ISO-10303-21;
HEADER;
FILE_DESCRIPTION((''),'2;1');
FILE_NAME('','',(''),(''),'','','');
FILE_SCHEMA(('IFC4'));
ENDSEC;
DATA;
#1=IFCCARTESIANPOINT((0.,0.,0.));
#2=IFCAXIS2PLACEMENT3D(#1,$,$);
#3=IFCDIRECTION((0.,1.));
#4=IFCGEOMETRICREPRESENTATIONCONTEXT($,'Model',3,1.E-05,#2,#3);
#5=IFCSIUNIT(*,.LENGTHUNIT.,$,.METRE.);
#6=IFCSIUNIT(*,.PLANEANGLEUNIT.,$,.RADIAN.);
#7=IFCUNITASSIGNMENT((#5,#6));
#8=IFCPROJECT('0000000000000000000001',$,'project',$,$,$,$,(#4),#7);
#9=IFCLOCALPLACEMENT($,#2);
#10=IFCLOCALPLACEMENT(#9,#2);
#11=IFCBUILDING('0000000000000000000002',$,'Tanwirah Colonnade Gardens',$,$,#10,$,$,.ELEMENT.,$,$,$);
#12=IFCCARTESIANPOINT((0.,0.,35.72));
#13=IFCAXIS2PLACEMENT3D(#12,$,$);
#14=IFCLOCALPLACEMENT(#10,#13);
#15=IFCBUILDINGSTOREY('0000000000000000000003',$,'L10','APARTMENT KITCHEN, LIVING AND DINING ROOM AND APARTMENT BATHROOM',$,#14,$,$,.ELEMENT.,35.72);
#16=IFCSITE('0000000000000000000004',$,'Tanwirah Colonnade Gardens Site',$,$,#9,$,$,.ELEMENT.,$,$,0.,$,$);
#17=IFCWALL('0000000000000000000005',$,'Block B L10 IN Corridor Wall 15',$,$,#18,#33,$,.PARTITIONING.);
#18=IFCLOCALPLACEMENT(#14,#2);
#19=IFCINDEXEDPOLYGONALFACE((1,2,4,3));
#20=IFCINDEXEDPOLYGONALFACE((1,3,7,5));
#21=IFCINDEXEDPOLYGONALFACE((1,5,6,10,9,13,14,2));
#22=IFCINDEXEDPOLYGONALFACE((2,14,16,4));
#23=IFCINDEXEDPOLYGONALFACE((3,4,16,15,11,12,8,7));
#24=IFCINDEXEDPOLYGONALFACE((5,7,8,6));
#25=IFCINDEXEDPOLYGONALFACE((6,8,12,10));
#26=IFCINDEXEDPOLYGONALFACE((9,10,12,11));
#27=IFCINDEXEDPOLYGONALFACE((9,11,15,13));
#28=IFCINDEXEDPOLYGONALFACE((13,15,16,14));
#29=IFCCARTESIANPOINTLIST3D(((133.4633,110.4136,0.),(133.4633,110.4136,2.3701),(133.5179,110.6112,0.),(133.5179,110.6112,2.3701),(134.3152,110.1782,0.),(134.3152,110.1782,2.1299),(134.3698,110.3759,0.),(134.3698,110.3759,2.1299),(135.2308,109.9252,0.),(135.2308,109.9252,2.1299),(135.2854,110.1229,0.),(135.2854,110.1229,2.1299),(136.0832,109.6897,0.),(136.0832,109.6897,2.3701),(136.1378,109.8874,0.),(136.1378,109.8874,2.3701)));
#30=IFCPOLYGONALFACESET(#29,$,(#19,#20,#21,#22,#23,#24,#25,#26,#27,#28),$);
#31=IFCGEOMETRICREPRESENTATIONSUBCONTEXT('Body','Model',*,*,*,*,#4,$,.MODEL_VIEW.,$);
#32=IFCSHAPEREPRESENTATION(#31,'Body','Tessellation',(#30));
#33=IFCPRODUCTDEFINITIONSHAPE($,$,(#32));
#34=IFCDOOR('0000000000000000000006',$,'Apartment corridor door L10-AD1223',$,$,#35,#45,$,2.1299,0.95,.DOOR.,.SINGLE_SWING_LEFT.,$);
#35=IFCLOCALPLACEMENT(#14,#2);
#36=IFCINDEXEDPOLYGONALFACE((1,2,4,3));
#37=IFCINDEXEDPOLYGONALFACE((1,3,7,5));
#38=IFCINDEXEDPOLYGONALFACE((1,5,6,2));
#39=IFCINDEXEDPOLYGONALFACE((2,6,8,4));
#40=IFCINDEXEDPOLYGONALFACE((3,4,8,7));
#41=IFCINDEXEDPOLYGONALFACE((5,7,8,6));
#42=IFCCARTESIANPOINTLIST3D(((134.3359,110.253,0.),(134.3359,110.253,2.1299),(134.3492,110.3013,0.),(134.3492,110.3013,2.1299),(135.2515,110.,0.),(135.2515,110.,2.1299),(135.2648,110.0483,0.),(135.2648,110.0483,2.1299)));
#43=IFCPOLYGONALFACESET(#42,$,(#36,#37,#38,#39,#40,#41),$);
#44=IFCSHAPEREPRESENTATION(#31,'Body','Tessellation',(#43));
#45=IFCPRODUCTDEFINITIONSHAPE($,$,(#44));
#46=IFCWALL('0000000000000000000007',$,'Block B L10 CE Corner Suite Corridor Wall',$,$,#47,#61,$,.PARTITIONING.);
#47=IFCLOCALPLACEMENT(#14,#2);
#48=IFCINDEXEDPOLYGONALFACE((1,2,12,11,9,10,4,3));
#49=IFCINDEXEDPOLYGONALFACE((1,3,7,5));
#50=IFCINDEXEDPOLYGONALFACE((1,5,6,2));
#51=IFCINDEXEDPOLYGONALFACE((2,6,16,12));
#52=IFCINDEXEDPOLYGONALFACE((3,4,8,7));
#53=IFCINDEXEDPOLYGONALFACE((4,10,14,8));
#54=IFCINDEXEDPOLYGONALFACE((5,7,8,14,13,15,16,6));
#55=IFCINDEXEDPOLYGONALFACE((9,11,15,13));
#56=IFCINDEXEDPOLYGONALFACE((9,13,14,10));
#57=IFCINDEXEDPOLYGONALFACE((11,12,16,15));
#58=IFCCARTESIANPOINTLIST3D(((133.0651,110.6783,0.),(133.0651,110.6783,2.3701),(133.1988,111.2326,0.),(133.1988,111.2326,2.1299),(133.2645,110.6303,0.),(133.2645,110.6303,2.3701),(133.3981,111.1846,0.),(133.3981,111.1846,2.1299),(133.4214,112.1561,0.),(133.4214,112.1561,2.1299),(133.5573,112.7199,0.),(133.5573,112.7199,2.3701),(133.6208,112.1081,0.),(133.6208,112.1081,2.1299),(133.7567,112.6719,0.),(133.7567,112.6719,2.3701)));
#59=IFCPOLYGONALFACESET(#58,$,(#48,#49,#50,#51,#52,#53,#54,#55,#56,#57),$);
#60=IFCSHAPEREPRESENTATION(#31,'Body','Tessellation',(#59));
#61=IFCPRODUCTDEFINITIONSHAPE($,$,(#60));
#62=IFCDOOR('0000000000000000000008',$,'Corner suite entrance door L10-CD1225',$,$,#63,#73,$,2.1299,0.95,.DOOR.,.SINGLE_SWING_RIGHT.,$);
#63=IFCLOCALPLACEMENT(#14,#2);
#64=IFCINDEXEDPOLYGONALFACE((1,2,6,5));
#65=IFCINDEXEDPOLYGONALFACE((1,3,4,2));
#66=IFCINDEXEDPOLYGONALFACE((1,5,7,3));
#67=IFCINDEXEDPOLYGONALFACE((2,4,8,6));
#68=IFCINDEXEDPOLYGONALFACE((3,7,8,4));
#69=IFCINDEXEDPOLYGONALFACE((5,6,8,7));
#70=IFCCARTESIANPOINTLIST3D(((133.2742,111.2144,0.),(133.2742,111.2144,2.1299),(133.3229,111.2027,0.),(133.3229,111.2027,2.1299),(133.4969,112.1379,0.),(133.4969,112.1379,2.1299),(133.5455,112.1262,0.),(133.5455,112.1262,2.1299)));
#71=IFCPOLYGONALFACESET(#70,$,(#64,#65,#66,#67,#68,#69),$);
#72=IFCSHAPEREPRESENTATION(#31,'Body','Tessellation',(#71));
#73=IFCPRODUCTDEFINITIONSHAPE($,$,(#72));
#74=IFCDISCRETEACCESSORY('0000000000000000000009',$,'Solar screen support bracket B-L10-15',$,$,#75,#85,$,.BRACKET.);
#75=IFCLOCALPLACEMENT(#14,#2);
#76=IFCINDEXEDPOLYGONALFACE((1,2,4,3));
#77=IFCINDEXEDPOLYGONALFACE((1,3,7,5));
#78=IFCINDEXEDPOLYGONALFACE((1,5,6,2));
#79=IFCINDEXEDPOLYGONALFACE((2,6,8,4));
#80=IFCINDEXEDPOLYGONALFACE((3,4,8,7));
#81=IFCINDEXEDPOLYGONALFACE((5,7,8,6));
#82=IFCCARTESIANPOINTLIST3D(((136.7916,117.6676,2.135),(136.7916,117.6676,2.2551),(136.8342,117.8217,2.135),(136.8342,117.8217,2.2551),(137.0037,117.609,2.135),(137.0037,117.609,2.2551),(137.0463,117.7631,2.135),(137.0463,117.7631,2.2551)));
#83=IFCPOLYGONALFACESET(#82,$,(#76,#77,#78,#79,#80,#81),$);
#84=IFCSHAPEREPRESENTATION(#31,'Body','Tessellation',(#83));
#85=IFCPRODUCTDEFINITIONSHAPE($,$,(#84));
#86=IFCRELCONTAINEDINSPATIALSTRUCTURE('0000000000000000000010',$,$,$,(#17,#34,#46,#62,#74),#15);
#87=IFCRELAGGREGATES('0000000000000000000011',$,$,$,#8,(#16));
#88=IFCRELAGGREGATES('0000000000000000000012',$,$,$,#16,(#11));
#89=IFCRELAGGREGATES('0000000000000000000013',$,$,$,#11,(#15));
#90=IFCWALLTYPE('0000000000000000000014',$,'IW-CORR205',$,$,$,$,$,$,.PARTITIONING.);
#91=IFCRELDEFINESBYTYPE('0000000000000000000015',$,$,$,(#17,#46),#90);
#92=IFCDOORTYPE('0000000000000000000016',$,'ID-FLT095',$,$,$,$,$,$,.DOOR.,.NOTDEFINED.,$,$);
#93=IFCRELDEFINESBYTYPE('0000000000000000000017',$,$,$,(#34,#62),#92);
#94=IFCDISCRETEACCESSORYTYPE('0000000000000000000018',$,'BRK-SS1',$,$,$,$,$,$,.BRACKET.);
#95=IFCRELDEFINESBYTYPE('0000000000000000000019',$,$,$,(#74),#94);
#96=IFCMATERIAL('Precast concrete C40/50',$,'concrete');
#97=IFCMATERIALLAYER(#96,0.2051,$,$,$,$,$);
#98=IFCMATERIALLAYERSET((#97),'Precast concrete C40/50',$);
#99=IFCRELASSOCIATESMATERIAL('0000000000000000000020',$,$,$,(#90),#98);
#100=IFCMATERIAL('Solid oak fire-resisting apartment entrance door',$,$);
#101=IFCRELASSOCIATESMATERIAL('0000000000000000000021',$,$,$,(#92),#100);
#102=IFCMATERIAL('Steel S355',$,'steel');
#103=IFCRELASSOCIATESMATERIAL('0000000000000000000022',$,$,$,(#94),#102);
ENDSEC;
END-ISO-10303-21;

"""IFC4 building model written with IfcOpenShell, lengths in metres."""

from ifc_helpers import new_model, si_unit, direction, frame, frame_2d, origin, origin_2d, place, context, subcontext, project, spatial, rectangle, extrude, material, layer, layer_set, type_object, element, fill, save


model = new_model("IFC4")

# Units and contexts
model_context = context("Model", 3, precision=1e-05, world=origin(), true_north=direction((0.0, 1.0)))
body_context = subcontext(model_context, "Body", "Model", "MODEL_VIEW")
ifc_project = project(units=[si_unit("LENGTHUNIT", "METRE"), si_unit("PLANEANGLEUNIT", "RADIAN")], contexts=[model_context])

# Site, building, storey
site_placement = place(None, origin())
site = spatial("IfcSite", under=ifc_project, at=site_placement, Name="Tanwirah Colonnade Gardens Site", CompositionType="ELEMENT", RefElevation=0.0)
building_placement = place(site_placement, origin())
building = spatial("IfcBuilding", under=site, at=building_placement, Name="Tanwirah Colonnade Gardens", CompositionType="ELEMENT")
storey_placement = place(building_placement, frame((0.0, 0.0, 35.72)))
storey = spatial("IfcBuildingStorey", under=building, at=storey_placement, Name="L10", Description="APARTMENT KITCHEN, LIVING AND DINING ROOM AND APARTMENT BATHROOM", CompositionType="ELEMENT", Elevation=35.72)

# Shared definitions
ifc_material_1 = material(Name="Precast concrete C40/50", Category="concrete")

# Walls, openings, doors
ifc_layer = layer(ifc_material_1, 0.2051)
ifc_layer_set = layer_set([ifc_layer], Name="Precast concrete C40/50")
wall_type = type_object("IfcWallType", Name="IW-CORR205", PredefinedType="PARTITIONING", material=ifc_layer_set)
ifc_material_2 = material(Name="Solid oak fire-resisting apartment entrance door")
door_type = type_object("IfcDoorType", Name="ID-FLT095", OperationType="NOTDEFINED", PredefinedType="DOOR", material=ifc_material_2)
wall_1_placement = place(storey_placement, frame((136.1104, 109.7886, 0.0), z_axis=(0.0, 0.0, 1.0), x_axis=(-0.963884, 0.266323, 0.0)))
wall_1 = element("IfcWall", 1, at=wall_1_placement, inside=storey, type_object=wall_type, Name="Block B L10 IN Corridor Wall 15", PredefinedType="PARTITIONING", context=body_context, shape_type="SweptSolid", body=[
    extrude(rectangle(XDim=2.718, YDim=0.2051, at=frame_2d((1.3589, 0.0))), origin(), (0.0, 0.0, 1.0), 2.3701),
])
opening_1_placement = place(wall_1_placement, frame((0.884, 0.0, 0.0)))
opening_1 = element("IfcOpeningElement", 2, at=opening_1_placement, cuts=wall_1, PredefinedType="OPENING", context=body_context, shape_type="SweptSolid", body=[
    extrude(rectangle(XDim=0.95, YDim=2.1299, at=frame_2d((0.4751, 1.0649))), frame((0.0, 0.1125, 0.0), z_axis=(0.0, -1.0, 0.0), x_axis=(1.0, 0.0, 0.0)), (0.0, 0.0, 1.0), 0.2251),
])
door_1_placement = place(opening_1_placement, origin())
door_1 = element("IfcDoor", 3, at=door_1_placement, inside=storey, type_object=door_type, Name="Apartment corridor door L10-AD1223", OperationType="SINGLE_SWING_LEFT", OverallHeight=2.1299, OverallWidth=0.95, PredefinedType="DOOR", context=body_context, shape_type="SweptSolid", body=[
    extrude(rectangle(XDim=0.95, YDim=2.1299, at=frame_2d((0.4751, 1.0649))), frame((0.0, 0.0249, 0.0), z_axis=(0.0, -1.0, 0.0), x_axis=(1.0, 0.0, 0.0)), (0.0, 0.0, 1.0), 0.05),
])
fill(opening_1, door_1)
wall_2_placement = place(storey_placement, frame((133.1648, 110.6543, 0.0), z_axis=(0.0, 0.0, 1.0), x_axis=(0.234375, 0.972146, 0.0)))
wall_2 = element("IfcWall", 4, at=wall_2_placement, inside=storey, type_object=wall_type, Name="Block B L10 CE Corner Suite Corridor Wall", PredefinedType="PARTITIONING", context=body_context, shape_type="SweptSolid", body=[
    extrude(rectangle(XDim=2.1001, YDim=0.2051, at=frame_2d((1.05, 0.0))), origin(), (0.0, 0.0, 1.0), 2.3701),
])
opening_2_placement = place(wall_2_placement, frame((0.5701, 0.0, 0.0)))
opening_2 = element("IfcOpeningElement", 5, at=opening_2_placement, cuts=wall_2, PredefinedType="OPENING", context=body_context, shape_type="SweptSolid", body=[
    extrude(rectangle(XDim=0.95, YDim=2.1299, at=frame_2d((0.4751, 1.0649))), frame((0.0, 0.1125, 0.0), z_axis=(0.0, -1.0, 0.0), x_axis=(1.0, 0.0, 0.0)), (0.0, 0.0, 1.0), 0.2251),
])
door_2_placement = place(opening_2_placement, origin())
door_2 = element("IfcDoor", 6, at=door_2_placement, inside=storey, type_object=door_type, Name="Corner suite entrance door L10-CD1225", OperationType="SINGLE_SWING_RIGHT", OverallHeight=2.1299, OverallWidth=0.95, PredefinedType="DOOR", context=body_context, shape_type="SweptSolid", body=[
    extrude(rectangle(XDim=0.95, YDim=2.1299, at=frame_2d((0.4751, 1.0649))), frame((0.0, 0.0249, 0.0), z_axis=(0.0, -1.0, 0.0), x_axis=(1.0, 0.0, 0.0)), (0.0, 0.0, 1.0), 0.05),
])
fill(opening_2, door_2)

# Discrete accessory
ifc_material_3 = material(Name="Steel S355", Category="steel")
discrete_accessory_type = type_object("IfcDiscreteAccessoryType", Name="BRK-SS1", PredefinedType="BRACKET", material=ifc_material_3)
discrete_accessory_placement = place(storey_placement, frame((136.9189, 117.7153, 2.135), z_axis=(0.0, 0.0, 1.0), x_axis=(-0.963889, 0.266303, 0.0)))
element("IfcDiscreteAccessory", 7, at=discrete_accessory_placement, inside=storey, type_object=discrete_accessory_type, Name="Solar screen support bracket B-L10-15", PredefinedType="BRACKET", context=body_context, shape_type="SweptSolid", body=[
    extrude(rectangle(XDim=0.22, YDim=0.1599, at=origin_2d()), origin(), (0.0, 0.0, 1.0), 0.1201),
])

save(model, "model.ifc")
